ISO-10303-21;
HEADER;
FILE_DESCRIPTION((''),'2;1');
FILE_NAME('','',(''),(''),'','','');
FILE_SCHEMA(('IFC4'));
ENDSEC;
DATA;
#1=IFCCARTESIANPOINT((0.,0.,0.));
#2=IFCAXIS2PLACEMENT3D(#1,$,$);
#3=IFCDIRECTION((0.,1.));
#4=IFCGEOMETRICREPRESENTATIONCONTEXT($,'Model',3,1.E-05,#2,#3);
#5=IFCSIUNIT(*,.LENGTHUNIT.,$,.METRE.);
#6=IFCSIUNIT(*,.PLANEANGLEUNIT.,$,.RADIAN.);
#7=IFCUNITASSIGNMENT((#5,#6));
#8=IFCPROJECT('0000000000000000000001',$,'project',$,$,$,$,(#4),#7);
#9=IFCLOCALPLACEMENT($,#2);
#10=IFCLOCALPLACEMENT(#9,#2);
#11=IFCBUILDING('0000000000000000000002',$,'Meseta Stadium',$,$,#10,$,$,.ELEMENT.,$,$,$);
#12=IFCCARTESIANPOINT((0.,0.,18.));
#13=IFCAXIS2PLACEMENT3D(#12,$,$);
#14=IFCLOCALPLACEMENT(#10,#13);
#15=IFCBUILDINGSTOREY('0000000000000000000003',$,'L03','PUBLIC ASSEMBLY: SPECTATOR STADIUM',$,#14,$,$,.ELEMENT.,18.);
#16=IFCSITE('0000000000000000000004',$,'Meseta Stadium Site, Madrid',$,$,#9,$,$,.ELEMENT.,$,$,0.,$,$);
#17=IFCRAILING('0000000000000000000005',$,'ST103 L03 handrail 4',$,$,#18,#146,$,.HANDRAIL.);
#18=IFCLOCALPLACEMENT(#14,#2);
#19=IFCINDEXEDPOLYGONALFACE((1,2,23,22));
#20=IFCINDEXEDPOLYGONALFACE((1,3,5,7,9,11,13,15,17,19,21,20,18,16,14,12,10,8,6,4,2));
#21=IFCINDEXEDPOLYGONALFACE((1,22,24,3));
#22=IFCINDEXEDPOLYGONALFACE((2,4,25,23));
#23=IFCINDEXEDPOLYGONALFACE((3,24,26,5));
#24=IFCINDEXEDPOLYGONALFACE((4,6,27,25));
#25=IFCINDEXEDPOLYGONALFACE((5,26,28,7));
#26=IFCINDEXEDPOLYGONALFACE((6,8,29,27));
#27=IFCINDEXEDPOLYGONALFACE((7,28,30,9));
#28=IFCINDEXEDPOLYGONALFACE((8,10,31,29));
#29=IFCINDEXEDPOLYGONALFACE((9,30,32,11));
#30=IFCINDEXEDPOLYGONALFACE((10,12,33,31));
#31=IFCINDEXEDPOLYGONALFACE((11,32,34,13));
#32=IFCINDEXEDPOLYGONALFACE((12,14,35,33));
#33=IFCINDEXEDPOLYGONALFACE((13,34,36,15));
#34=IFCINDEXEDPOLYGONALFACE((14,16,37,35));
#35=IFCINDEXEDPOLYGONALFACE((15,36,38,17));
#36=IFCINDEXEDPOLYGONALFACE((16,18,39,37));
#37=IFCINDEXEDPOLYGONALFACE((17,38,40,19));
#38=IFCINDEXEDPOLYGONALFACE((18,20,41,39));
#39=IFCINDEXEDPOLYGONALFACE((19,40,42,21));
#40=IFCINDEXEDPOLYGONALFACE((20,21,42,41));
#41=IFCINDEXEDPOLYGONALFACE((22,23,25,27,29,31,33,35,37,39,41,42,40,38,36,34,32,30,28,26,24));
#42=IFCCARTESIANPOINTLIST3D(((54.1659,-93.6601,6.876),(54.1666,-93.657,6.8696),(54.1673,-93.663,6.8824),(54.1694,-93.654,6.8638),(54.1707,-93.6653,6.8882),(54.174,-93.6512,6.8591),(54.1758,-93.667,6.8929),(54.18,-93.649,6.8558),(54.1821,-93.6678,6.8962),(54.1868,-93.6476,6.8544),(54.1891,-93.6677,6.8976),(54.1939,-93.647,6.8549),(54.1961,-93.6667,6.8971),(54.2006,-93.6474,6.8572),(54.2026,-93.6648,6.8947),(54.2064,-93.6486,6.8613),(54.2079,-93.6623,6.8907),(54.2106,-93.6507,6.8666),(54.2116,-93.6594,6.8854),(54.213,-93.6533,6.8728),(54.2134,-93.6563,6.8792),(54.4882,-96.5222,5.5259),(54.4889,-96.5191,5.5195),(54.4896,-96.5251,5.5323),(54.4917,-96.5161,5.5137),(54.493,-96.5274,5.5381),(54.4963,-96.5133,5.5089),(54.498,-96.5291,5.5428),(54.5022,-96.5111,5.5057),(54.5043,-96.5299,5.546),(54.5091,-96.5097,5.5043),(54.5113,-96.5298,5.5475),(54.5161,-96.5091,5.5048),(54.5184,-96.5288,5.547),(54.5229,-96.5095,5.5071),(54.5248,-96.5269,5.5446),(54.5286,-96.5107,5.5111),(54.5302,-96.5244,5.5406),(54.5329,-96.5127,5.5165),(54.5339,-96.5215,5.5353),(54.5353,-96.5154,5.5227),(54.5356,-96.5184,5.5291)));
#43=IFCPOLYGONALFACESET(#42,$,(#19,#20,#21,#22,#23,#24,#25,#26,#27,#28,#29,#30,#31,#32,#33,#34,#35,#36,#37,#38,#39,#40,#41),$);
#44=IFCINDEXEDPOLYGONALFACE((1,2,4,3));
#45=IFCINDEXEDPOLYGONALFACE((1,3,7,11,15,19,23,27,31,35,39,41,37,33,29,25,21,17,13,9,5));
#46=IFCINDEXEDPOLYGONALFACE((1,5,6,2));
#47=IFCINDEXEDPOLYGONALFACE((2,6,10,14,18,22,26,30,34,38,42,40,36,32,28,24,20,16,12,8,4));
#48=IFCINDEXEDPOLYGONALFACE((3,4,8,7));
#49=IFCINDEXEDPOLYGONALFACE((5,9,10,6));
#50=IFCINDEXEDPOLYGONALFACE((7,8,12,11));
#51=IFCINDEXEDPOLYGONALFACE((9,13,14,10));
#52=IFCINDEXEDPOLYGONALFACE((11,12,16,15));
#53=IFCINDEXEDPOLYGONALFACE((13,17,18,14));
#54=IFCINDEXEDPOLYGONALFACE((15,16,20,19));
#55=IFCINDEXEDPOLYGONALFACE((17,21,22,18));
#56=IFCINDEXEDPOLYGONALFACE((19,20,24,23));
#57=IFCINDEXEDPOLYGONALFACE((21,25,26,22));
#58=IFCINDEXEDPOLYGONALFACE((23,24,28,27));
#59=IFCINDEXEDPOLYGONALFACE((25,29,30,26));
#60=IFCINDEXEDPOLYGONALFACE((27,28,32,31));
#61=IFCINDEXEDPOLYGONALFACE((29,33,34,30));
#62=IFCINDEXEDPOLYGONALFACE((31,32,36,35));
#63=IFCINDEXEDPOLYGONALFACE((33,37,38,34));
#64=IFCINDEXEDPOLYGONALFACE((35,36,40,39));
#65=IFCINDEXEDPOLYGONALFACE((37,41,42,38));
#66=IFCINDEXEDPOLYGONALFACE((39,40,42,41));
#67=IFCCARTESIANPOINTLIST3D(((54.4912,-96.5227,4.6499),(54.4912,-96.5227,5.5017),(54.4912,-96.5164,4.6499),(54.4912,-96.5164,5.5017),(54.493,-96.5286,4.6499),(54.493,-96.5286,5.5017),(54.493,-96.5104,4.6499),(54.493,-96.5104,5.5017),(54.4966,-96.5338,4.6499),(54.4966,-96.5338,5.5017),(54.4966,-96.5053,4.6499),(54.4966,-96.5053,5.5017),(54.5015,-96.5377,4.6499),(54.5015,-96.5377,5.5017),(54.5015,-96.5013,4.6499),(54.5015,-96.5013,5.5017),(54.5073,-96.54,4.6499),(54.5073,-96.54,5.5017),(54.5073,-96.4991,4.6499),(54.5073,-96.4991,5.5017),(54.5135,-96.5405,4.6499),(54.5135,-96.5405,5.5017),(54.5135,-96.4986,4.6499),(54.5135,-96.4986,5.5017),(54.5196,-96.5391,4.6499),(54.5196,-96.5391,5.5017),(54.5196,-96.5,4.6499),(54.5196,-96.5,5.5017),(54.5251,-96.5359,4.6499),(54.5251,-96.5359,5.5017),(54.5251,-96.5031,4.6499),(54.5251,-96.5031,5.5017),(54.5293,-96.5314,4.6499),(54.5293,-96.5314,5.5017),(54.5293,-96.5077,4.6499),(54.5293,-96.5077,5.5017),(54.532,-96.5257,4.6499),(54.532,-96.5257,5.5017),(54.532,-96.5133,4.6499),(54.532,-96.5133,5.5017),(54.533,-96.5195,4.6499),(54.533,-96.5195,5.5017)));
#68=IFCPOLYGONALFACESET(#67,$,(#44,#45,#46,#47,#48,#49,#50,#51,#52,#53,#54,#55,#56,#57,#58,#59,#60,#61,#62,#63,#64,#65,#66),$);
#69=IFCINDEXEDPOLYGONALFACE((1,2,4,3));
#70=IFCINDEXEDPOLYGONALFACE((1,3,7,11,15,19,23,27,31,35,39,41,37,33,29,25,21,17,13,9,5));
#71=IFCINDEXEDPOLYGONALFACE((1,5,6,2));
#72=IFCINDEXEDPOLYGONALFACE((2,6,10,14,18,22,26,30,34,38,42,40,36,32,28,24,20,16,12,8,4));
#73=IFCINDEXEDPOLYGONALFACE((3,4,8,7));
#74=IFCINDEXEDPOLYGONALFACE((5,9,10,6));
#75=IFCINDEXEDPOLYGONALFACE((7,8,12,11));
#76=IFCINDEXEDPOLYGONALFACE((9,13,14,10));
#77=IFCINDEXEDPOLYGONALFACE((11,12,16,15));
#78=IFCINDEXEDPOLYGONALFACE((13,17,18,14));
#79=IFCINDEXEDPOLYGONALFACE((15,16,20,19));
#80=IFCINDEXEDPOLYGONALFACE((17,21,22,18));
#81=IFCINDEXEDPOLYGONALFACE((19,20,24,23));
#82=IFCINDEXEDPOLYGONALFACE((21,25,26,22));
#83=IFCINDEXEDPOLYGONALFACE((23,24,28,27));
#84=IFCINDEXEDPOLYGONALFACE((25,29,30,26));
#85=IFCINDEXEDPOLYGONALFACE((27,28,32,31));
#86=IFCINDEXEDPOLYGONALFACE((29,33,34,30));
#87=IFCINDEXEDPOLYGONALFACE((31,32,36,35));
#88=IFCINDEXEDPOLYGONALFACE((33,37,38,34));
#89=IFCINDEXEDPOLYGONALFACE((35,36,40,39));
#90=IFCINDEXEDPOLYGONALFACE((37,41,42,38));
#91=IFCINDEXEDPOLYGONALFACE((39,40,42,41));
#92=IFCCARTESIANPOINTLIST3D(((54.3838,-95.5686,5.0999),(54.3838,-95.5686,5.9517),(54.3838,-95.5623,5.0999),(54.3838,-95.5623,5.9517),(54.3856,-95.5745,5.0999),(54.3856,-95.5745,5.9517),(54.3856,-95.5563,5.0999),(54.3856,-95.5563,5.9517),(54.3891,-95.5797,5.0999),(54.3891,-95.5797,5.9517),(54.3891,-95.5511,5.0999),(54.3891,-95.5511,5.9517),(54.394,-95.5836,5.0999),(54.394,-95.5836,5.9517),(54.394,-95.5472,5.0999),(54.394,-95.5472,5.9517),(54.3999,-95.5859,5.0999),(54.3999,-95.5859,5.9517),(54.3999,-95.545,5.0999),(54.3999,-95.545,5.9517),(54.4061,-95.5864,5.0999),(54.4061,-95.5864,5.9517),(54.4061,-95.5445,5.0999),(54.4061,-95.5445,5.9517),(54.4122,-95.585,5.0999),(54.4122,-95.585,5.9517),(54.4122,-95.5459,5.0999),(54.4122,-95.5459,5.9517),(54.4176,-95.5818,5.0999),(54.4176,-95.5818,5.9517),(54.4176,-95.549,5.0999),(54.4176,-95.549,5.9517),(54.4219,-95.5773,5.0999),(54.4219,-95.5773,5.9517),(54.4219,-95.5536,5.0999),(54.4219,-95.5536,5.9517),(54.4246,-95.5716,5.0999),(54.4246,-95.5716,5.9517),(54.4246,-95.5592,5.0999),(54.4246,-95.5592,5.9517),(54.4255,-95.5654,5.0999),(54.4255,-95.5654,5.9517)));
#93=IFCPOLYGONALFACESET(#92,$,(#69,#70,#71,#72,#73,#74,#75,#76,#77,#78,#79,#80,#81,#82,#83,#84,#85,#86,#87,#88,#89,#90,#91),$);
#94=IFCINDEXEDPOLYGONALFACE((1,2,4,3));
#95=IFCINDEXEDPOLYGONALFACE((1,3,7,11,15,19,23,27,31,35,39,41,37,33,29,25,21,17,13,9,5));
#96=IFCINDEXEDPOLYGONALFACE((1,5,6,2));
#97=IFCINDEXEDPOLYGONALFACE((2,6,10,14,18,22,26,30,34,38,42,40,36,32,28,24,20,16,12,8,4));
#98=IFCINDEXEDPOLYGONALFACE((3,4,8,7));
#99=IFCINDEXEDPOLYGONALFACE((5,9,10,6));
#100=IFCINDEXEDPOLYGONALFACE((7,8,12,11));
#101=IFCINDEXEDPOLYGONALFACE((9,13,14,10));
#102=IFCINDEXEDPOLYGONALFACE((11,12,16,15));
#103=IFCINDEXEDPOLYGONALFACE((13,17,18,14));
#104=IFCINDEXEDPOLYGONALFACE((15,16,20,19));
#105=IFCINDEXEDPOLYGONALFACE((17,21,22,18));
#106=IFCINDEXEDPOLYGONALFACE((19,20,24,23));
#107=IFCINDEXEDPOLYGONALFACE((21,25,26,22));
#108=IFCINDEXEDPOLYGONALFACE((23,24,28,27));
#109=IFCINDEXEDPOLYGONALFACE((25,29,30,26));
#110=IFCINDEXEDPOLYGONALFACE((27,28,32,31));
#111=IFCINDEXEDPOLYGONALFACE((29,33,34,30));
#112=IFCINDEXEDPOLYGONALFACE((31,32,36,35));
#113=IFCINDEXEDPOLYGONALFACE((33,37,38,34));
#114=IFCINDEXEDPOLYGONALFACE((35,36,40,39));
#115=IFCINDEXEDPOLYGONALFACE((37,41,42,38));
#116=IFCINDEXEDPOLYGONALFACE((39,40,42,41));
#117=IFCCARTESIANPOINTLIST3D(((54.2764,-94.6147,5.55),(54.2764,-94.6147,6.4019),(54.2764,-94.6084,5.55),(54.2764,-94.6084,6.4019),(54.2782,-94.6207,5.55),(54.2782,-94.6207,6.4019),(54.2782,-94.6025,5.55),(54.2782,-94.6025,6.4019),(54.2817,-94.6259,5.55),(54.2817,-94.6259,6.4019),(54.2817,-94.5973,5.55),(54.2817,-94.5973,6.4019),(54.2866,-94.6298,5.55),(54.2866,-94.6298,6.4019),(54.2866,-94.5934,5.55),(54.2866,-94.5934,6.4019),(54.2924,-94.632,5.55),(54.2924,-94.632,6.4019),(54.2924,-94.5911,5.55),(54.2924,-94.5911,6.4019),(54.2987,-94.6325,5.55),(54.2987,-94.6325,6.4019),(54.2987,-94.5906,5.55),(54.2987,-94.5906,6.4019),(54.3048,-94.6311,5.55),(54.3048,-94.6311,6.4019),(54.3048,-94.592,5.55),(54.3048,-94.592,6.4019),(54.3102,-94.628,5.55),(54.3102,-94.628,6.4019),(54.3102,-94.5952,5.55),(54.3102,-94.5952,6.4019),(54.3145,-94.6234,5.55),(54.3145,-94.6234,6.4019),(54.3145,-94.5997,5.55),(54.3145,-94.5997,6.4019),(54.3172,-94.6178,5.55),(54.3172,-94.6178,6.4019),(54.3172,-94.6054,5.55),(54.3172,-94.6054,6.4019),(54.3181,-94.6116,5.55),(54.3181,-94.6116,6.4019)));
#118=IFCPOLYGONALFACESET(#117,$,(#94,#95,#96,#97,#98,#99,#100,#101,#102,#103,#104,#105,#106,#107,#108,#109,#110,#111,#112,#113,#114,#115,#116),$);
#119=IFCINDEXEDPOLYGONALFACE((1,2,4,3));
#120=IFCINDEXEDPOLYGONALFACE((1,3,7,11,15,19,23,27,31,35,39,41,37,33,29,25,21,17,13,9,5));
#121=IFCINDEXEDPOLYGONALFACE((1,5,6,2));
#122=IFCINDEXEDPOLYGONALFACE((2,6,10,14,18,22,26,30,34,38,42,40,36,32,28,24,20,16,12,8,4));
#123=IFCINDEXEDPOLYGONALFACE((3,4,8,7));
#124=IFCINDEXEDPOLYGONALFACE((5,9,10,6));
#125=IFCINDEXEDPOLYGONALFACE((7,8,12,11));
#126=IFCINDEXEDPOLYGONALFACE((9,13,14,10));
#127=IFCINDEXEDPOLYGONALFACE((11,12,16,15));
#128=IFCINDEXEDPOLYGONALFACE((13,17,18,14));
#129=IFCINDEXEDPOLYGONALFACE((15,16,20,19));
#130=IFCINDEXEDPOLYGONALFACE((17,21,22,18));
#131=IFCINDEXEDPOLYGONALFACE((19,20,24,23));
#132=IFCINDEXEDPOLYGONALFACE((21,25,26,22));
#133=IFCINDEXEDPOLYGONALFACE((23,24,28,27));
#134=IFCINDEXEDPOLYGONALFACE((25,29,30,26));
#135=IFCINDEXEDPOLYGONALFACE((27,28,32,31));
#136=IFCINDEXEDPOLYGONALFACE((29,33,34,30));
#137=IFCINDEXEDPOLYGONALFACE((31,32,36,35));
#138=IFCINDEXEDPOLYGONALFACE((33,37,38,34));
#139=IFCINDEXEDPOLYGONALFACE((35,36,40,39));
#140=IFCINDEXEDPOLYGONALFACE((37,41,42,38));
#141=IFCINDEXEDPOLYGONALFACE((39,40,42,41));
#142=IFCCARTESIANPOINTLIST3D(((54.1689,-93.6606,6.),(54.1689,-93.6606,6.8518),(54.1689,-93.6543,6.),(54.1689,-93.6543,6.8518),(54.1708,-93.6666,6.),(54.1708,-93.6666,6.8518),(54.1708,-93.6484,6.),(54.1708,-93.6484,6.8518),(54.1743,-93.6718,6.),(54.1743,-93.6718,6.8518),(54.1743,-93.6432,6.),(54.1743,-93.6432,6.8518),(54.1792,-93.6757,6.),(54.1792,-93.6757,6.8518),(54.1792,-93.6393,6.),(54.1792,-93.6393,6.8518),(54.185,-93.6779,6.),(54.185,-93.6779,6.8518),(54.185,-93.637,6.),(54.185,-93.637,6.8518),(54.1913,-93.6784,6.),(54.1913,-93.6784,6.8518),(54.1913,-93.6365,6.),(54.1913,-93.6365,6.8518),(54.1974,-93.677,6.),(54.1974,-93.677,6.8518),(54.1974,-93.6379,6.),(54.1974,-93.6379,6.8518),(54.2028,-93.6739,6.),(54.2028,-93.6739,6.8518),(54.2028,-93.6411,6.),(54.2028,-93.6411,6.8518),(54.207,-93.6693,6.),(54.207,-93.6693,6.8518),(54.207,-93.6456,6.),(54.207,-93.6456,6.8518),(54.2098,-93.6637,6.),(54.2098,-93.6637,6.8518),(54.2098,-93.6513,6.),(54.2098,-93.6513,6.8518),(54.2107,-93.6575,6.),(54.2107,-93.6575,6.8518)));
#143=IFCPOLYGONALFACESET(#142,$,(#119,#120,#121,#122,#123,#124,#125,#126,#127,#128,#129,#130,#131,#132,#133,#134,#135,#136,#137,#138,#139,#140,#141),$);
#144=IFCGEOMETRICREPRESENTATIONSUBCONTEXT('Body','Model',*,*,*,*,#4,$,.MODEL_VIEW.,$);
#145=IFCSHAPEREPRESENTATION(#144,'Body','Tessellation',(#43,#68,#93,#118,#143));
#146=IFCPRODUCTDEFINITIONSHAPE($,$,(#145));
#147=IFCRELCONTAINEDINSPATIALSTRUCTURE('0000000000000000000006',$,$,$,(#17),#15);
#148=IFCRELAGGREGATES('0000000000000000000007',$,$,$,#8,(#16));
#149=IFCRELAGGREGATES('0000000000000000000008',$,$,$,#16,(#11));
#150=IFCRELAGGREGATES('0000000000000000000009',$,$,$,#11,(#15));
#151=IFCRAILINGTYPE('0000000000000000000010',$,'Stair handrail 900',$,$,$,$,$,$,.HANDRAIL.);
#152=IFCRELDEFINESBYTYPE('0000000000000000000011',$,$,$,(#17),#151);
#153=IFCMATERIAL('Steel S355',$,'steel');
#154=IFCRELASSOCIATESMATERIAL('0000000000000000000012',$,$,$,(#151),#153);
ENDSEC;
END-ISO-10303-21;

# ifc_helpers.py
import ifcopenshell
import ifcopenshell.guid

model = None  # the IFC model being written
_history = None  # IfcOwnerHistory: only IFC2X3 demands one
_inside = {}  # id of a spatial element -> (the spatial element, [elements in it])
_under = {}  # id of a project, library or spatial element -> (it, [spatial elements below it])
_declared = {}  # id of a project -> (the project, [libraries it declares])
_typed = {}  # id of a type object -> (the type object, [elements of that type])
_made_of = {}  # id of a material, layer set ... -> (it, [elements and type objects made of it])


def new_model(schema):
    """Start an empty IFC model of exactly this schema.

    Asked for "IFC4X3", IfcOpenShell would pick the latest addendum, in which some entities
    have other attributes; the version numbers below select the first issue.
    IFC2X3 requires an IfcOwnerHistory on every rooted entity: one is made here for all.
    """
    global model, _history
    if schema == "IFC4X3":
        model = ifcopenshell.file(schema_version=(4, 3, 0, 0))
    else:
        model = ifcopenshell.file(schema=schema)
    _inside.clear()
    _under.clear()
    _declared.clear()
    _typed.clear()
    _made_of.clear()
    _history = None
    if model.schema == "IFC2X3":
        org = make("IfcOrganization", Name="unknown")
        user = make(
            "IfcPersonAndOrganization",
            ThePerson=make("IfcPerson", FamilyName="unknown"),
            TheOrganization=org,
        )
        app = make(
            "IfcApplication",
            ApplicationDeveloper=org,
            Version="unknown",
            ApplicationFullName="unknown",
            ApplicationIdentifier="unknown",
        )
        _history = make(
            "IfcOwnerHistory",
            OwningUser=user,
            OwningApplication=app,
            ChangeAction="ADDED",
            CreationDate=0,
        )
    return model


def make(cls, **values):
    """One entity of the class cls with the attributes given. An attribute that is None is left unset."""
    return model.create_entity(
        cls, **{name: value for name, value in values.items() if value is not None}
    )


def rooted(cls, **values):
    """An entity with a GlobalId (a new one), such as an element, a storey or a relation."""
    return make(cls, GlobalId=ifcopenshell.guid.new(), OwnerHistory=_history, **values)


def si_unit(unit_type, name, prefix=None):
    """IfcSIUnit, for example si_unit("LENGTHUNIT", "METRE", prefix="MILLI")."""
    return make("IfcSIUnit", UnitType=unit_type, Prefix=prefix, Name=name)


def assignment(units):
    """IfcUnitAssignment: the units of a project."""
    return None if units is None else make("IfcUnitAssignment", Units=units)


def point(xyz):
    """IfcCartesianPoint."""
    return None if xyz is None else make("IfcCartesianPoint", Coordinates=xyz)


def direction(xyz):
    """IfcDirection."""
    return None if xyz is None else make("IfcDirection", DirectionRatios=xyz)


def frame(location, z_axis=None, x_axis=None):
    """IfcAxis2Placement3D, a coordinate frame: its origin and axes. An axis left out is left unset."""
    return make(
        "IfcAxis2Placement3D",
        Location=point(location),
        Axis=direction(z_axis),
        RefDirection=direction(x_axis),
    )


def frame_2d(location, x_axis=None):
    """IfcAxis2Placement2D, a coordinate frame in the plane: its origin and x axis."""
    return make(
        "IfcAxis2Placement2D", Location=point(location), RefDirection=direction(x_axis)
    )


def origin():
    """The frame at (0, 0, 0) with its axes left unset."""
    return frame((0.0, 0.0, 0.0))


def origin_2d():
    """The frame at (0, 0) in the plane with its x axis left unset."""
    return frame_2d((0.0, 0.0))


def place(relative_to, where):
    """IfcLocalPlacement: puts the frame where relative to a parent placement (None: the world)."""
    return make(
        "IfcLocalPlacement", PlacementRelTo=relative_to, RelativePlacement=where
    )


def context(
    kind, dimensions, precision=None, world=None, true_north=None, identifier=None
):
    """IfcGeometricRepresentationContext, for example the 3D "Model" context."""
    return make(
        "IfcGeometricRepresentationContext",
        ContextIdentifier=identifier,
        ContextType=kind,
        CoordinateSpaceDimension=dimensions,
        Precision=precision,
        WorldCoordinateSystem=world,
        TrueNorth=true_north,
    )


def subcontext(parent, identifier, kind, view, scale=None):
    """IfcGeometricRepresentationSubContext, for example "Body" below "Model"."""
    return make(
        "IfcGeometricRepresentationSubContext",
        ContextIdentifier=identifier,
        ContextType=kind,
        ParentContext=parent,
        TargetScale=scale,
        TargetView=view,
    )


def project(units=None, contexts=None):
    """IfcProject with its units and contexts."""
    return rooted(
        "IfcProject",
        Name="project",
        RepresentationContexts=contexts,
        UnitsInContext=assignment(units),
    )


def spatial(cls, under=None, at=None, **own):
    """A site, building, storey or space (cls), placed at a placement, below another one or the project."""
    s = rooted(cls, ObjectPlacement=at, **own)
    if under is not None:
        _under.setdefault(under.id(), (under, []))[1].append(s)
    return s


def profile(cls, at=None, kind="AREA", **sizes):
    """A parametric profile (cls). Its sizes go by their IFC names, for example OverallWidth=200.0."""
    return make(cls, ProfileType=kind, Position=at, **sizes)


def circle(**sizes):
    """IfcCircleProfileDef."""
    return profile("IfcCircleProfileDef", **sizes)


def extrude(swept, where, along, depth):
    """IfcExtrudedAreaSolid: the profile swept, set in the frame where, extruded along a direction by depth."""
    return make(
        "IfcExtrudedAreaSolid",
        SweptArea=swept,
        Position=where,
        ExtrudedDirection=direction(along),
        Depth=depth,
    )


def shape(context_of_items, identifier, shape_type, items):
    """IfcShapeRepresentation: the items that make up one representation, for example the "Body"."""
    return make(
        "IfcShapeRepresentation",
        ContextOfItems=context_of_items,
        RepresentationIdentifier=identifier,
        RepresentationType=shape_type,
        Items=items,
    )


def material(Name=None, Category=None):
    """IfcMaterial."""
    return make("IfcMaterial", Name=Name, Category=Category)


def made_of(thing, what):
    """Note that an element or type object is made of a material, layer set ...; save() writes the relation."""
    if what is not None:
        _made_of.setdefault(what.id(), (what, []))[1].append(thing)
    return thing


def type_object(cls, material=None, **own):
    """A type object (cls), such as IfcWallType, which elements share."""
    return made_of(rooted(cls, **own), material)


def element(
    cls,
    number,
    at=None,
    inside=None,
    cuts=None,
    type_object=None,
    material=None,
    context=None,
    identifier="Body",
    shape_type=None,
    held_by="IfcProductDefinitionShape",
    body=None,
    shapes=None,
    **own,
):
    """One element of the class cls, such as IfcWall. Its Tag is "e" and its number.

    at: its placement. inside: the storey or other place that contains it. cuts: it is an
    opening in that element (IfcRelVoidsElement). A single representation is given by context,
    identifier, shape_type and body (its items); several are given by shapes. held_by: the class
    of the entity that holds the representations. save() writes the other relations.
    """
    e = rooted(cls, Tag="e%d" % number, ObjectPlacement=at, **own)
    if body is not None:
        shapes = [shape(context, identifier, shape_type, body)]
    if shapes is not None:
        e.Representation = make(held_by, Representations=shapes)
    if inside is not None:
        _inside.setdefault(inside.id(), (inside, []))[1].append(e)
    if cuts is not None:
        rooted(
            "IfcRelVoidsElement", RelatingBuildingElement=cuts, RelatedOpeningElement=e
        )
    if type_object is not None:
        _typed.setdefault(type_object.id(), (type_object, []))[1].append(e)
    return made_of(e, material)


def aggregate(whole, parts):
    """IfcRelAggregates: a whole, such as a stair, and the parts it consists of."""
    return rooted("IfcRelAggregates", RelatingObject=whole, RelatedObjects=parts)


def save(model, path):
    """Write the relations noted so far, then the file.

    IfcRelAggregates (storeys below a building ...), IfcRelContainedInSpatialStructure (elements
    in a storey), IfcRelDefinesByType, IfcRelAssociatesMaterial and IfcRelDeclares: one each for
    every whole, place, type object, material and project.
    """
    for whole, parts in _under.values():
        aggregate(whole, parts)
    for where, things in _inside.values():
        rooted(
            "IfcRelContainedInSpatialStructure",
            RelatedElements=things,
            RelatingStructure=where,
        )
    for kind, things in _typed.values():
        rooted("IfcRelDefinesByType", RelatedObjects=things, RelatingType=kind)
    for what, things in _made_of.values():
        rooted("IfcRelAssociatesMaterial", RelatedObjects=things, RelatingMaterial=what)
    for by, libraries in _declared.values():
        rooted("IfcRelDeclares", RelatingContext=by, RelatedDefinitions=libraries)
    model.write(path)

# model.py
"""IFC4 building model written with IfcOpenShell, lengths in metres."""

from ifc_helpers import new_model, si_unit, direction, frame, origin, origin_2d, place, context, subcontext, project, spatial, circle, extrude, material, type_object, element, save


model = new_model("IFC4")

# Units and contexts
model_context = context("Model", 3, precision=1e-05, world=origin(), true_north=direction((0.0, 1.0)))
body_context = subcontext(model_context, "Body", "Model", "MODEL_VIEW")
ifc_project = project(units=[si_unit("LENGTHUNIT", "METRE"), si_unit("PLANEANGLEUNIT", "RADIAN")], contexts=[model_context])

# Site, building, storey
site_placement = place(None, origin())
site = spatial("IfcSite", under=ifc_project, at=site_placement, Name="Meseta Stadium Site, Madrid", CompositionType="ELEMENT", RefElevation=0.0)
building_placement = place(site_placement, origin())
building = spatial("IfcBuilding", under=site, at=building_placement, Name="Meseta Stadium", CompositionType="ELEMENT")
storey_placement = place(building_placement, frame((0.0, 0.0, 18.0)))
storey = spatial("IfcBuildingStorey", under=building, at=storey_placement, Name="L03", Description="PUBLIC ASSEMBLY: SPECTATOR STADIUM", CompositionType="ELEMENT", Elevation=18.0)

# Railing
ifc_material_1 = material(Name="Steel S355", Category="steel")
railing_type_1 = type_object("IfcRailingType", Name="Stair handrail 900", PredefinedType="HANDRAIL", material=ifc_material_1)
for number, where, name in (
    (1, (54.512, -96.5195, 4.6499), "ST103 L03 handrail 4"),
):
    element("IfcRailing", number, at=place(storey_placement, frame(where)), inside=storey, type_object=railing_type_1, Name=name, PredefinedType="HANDRAIL", context=body_context, shape_type="SweptSolid", body=[
        extrude(circle(Radius=0.0239, at=origin_2d()), frame((0.0, 0.0, 0.876), z_axis=(-0.101313, 0.89977, 0.424441), x_axis=(-0.99372, -0.111892, 0.0)), (0.0, 0.0, 1.0), 3.1809),
        extrude(circle(Radius=0.021, at=origin_2d()), origin(), (0.0, 0.0, 1.0), 0.8518),
        extrude(circle(Radius=0.021, at=origin_2d()), frame((-0.1074, 0.9541, 0.45)), (0.0, 0.0, 1.0), 0.8518),
        extrude(circle(Radius=0.021, at=origin_2d()), frame((-0.2148, 1.908, 0.9001)), (0.0, 0.0, 1.0), 0.8518),
        extrude(circle(Radius=0.021, at=origin_2d()), frame((-0.3223, 2.8621, 1.3501)), (0.0, 0.0, 1.0), 0.8518),
    ])

save(model, "model.ifc")
